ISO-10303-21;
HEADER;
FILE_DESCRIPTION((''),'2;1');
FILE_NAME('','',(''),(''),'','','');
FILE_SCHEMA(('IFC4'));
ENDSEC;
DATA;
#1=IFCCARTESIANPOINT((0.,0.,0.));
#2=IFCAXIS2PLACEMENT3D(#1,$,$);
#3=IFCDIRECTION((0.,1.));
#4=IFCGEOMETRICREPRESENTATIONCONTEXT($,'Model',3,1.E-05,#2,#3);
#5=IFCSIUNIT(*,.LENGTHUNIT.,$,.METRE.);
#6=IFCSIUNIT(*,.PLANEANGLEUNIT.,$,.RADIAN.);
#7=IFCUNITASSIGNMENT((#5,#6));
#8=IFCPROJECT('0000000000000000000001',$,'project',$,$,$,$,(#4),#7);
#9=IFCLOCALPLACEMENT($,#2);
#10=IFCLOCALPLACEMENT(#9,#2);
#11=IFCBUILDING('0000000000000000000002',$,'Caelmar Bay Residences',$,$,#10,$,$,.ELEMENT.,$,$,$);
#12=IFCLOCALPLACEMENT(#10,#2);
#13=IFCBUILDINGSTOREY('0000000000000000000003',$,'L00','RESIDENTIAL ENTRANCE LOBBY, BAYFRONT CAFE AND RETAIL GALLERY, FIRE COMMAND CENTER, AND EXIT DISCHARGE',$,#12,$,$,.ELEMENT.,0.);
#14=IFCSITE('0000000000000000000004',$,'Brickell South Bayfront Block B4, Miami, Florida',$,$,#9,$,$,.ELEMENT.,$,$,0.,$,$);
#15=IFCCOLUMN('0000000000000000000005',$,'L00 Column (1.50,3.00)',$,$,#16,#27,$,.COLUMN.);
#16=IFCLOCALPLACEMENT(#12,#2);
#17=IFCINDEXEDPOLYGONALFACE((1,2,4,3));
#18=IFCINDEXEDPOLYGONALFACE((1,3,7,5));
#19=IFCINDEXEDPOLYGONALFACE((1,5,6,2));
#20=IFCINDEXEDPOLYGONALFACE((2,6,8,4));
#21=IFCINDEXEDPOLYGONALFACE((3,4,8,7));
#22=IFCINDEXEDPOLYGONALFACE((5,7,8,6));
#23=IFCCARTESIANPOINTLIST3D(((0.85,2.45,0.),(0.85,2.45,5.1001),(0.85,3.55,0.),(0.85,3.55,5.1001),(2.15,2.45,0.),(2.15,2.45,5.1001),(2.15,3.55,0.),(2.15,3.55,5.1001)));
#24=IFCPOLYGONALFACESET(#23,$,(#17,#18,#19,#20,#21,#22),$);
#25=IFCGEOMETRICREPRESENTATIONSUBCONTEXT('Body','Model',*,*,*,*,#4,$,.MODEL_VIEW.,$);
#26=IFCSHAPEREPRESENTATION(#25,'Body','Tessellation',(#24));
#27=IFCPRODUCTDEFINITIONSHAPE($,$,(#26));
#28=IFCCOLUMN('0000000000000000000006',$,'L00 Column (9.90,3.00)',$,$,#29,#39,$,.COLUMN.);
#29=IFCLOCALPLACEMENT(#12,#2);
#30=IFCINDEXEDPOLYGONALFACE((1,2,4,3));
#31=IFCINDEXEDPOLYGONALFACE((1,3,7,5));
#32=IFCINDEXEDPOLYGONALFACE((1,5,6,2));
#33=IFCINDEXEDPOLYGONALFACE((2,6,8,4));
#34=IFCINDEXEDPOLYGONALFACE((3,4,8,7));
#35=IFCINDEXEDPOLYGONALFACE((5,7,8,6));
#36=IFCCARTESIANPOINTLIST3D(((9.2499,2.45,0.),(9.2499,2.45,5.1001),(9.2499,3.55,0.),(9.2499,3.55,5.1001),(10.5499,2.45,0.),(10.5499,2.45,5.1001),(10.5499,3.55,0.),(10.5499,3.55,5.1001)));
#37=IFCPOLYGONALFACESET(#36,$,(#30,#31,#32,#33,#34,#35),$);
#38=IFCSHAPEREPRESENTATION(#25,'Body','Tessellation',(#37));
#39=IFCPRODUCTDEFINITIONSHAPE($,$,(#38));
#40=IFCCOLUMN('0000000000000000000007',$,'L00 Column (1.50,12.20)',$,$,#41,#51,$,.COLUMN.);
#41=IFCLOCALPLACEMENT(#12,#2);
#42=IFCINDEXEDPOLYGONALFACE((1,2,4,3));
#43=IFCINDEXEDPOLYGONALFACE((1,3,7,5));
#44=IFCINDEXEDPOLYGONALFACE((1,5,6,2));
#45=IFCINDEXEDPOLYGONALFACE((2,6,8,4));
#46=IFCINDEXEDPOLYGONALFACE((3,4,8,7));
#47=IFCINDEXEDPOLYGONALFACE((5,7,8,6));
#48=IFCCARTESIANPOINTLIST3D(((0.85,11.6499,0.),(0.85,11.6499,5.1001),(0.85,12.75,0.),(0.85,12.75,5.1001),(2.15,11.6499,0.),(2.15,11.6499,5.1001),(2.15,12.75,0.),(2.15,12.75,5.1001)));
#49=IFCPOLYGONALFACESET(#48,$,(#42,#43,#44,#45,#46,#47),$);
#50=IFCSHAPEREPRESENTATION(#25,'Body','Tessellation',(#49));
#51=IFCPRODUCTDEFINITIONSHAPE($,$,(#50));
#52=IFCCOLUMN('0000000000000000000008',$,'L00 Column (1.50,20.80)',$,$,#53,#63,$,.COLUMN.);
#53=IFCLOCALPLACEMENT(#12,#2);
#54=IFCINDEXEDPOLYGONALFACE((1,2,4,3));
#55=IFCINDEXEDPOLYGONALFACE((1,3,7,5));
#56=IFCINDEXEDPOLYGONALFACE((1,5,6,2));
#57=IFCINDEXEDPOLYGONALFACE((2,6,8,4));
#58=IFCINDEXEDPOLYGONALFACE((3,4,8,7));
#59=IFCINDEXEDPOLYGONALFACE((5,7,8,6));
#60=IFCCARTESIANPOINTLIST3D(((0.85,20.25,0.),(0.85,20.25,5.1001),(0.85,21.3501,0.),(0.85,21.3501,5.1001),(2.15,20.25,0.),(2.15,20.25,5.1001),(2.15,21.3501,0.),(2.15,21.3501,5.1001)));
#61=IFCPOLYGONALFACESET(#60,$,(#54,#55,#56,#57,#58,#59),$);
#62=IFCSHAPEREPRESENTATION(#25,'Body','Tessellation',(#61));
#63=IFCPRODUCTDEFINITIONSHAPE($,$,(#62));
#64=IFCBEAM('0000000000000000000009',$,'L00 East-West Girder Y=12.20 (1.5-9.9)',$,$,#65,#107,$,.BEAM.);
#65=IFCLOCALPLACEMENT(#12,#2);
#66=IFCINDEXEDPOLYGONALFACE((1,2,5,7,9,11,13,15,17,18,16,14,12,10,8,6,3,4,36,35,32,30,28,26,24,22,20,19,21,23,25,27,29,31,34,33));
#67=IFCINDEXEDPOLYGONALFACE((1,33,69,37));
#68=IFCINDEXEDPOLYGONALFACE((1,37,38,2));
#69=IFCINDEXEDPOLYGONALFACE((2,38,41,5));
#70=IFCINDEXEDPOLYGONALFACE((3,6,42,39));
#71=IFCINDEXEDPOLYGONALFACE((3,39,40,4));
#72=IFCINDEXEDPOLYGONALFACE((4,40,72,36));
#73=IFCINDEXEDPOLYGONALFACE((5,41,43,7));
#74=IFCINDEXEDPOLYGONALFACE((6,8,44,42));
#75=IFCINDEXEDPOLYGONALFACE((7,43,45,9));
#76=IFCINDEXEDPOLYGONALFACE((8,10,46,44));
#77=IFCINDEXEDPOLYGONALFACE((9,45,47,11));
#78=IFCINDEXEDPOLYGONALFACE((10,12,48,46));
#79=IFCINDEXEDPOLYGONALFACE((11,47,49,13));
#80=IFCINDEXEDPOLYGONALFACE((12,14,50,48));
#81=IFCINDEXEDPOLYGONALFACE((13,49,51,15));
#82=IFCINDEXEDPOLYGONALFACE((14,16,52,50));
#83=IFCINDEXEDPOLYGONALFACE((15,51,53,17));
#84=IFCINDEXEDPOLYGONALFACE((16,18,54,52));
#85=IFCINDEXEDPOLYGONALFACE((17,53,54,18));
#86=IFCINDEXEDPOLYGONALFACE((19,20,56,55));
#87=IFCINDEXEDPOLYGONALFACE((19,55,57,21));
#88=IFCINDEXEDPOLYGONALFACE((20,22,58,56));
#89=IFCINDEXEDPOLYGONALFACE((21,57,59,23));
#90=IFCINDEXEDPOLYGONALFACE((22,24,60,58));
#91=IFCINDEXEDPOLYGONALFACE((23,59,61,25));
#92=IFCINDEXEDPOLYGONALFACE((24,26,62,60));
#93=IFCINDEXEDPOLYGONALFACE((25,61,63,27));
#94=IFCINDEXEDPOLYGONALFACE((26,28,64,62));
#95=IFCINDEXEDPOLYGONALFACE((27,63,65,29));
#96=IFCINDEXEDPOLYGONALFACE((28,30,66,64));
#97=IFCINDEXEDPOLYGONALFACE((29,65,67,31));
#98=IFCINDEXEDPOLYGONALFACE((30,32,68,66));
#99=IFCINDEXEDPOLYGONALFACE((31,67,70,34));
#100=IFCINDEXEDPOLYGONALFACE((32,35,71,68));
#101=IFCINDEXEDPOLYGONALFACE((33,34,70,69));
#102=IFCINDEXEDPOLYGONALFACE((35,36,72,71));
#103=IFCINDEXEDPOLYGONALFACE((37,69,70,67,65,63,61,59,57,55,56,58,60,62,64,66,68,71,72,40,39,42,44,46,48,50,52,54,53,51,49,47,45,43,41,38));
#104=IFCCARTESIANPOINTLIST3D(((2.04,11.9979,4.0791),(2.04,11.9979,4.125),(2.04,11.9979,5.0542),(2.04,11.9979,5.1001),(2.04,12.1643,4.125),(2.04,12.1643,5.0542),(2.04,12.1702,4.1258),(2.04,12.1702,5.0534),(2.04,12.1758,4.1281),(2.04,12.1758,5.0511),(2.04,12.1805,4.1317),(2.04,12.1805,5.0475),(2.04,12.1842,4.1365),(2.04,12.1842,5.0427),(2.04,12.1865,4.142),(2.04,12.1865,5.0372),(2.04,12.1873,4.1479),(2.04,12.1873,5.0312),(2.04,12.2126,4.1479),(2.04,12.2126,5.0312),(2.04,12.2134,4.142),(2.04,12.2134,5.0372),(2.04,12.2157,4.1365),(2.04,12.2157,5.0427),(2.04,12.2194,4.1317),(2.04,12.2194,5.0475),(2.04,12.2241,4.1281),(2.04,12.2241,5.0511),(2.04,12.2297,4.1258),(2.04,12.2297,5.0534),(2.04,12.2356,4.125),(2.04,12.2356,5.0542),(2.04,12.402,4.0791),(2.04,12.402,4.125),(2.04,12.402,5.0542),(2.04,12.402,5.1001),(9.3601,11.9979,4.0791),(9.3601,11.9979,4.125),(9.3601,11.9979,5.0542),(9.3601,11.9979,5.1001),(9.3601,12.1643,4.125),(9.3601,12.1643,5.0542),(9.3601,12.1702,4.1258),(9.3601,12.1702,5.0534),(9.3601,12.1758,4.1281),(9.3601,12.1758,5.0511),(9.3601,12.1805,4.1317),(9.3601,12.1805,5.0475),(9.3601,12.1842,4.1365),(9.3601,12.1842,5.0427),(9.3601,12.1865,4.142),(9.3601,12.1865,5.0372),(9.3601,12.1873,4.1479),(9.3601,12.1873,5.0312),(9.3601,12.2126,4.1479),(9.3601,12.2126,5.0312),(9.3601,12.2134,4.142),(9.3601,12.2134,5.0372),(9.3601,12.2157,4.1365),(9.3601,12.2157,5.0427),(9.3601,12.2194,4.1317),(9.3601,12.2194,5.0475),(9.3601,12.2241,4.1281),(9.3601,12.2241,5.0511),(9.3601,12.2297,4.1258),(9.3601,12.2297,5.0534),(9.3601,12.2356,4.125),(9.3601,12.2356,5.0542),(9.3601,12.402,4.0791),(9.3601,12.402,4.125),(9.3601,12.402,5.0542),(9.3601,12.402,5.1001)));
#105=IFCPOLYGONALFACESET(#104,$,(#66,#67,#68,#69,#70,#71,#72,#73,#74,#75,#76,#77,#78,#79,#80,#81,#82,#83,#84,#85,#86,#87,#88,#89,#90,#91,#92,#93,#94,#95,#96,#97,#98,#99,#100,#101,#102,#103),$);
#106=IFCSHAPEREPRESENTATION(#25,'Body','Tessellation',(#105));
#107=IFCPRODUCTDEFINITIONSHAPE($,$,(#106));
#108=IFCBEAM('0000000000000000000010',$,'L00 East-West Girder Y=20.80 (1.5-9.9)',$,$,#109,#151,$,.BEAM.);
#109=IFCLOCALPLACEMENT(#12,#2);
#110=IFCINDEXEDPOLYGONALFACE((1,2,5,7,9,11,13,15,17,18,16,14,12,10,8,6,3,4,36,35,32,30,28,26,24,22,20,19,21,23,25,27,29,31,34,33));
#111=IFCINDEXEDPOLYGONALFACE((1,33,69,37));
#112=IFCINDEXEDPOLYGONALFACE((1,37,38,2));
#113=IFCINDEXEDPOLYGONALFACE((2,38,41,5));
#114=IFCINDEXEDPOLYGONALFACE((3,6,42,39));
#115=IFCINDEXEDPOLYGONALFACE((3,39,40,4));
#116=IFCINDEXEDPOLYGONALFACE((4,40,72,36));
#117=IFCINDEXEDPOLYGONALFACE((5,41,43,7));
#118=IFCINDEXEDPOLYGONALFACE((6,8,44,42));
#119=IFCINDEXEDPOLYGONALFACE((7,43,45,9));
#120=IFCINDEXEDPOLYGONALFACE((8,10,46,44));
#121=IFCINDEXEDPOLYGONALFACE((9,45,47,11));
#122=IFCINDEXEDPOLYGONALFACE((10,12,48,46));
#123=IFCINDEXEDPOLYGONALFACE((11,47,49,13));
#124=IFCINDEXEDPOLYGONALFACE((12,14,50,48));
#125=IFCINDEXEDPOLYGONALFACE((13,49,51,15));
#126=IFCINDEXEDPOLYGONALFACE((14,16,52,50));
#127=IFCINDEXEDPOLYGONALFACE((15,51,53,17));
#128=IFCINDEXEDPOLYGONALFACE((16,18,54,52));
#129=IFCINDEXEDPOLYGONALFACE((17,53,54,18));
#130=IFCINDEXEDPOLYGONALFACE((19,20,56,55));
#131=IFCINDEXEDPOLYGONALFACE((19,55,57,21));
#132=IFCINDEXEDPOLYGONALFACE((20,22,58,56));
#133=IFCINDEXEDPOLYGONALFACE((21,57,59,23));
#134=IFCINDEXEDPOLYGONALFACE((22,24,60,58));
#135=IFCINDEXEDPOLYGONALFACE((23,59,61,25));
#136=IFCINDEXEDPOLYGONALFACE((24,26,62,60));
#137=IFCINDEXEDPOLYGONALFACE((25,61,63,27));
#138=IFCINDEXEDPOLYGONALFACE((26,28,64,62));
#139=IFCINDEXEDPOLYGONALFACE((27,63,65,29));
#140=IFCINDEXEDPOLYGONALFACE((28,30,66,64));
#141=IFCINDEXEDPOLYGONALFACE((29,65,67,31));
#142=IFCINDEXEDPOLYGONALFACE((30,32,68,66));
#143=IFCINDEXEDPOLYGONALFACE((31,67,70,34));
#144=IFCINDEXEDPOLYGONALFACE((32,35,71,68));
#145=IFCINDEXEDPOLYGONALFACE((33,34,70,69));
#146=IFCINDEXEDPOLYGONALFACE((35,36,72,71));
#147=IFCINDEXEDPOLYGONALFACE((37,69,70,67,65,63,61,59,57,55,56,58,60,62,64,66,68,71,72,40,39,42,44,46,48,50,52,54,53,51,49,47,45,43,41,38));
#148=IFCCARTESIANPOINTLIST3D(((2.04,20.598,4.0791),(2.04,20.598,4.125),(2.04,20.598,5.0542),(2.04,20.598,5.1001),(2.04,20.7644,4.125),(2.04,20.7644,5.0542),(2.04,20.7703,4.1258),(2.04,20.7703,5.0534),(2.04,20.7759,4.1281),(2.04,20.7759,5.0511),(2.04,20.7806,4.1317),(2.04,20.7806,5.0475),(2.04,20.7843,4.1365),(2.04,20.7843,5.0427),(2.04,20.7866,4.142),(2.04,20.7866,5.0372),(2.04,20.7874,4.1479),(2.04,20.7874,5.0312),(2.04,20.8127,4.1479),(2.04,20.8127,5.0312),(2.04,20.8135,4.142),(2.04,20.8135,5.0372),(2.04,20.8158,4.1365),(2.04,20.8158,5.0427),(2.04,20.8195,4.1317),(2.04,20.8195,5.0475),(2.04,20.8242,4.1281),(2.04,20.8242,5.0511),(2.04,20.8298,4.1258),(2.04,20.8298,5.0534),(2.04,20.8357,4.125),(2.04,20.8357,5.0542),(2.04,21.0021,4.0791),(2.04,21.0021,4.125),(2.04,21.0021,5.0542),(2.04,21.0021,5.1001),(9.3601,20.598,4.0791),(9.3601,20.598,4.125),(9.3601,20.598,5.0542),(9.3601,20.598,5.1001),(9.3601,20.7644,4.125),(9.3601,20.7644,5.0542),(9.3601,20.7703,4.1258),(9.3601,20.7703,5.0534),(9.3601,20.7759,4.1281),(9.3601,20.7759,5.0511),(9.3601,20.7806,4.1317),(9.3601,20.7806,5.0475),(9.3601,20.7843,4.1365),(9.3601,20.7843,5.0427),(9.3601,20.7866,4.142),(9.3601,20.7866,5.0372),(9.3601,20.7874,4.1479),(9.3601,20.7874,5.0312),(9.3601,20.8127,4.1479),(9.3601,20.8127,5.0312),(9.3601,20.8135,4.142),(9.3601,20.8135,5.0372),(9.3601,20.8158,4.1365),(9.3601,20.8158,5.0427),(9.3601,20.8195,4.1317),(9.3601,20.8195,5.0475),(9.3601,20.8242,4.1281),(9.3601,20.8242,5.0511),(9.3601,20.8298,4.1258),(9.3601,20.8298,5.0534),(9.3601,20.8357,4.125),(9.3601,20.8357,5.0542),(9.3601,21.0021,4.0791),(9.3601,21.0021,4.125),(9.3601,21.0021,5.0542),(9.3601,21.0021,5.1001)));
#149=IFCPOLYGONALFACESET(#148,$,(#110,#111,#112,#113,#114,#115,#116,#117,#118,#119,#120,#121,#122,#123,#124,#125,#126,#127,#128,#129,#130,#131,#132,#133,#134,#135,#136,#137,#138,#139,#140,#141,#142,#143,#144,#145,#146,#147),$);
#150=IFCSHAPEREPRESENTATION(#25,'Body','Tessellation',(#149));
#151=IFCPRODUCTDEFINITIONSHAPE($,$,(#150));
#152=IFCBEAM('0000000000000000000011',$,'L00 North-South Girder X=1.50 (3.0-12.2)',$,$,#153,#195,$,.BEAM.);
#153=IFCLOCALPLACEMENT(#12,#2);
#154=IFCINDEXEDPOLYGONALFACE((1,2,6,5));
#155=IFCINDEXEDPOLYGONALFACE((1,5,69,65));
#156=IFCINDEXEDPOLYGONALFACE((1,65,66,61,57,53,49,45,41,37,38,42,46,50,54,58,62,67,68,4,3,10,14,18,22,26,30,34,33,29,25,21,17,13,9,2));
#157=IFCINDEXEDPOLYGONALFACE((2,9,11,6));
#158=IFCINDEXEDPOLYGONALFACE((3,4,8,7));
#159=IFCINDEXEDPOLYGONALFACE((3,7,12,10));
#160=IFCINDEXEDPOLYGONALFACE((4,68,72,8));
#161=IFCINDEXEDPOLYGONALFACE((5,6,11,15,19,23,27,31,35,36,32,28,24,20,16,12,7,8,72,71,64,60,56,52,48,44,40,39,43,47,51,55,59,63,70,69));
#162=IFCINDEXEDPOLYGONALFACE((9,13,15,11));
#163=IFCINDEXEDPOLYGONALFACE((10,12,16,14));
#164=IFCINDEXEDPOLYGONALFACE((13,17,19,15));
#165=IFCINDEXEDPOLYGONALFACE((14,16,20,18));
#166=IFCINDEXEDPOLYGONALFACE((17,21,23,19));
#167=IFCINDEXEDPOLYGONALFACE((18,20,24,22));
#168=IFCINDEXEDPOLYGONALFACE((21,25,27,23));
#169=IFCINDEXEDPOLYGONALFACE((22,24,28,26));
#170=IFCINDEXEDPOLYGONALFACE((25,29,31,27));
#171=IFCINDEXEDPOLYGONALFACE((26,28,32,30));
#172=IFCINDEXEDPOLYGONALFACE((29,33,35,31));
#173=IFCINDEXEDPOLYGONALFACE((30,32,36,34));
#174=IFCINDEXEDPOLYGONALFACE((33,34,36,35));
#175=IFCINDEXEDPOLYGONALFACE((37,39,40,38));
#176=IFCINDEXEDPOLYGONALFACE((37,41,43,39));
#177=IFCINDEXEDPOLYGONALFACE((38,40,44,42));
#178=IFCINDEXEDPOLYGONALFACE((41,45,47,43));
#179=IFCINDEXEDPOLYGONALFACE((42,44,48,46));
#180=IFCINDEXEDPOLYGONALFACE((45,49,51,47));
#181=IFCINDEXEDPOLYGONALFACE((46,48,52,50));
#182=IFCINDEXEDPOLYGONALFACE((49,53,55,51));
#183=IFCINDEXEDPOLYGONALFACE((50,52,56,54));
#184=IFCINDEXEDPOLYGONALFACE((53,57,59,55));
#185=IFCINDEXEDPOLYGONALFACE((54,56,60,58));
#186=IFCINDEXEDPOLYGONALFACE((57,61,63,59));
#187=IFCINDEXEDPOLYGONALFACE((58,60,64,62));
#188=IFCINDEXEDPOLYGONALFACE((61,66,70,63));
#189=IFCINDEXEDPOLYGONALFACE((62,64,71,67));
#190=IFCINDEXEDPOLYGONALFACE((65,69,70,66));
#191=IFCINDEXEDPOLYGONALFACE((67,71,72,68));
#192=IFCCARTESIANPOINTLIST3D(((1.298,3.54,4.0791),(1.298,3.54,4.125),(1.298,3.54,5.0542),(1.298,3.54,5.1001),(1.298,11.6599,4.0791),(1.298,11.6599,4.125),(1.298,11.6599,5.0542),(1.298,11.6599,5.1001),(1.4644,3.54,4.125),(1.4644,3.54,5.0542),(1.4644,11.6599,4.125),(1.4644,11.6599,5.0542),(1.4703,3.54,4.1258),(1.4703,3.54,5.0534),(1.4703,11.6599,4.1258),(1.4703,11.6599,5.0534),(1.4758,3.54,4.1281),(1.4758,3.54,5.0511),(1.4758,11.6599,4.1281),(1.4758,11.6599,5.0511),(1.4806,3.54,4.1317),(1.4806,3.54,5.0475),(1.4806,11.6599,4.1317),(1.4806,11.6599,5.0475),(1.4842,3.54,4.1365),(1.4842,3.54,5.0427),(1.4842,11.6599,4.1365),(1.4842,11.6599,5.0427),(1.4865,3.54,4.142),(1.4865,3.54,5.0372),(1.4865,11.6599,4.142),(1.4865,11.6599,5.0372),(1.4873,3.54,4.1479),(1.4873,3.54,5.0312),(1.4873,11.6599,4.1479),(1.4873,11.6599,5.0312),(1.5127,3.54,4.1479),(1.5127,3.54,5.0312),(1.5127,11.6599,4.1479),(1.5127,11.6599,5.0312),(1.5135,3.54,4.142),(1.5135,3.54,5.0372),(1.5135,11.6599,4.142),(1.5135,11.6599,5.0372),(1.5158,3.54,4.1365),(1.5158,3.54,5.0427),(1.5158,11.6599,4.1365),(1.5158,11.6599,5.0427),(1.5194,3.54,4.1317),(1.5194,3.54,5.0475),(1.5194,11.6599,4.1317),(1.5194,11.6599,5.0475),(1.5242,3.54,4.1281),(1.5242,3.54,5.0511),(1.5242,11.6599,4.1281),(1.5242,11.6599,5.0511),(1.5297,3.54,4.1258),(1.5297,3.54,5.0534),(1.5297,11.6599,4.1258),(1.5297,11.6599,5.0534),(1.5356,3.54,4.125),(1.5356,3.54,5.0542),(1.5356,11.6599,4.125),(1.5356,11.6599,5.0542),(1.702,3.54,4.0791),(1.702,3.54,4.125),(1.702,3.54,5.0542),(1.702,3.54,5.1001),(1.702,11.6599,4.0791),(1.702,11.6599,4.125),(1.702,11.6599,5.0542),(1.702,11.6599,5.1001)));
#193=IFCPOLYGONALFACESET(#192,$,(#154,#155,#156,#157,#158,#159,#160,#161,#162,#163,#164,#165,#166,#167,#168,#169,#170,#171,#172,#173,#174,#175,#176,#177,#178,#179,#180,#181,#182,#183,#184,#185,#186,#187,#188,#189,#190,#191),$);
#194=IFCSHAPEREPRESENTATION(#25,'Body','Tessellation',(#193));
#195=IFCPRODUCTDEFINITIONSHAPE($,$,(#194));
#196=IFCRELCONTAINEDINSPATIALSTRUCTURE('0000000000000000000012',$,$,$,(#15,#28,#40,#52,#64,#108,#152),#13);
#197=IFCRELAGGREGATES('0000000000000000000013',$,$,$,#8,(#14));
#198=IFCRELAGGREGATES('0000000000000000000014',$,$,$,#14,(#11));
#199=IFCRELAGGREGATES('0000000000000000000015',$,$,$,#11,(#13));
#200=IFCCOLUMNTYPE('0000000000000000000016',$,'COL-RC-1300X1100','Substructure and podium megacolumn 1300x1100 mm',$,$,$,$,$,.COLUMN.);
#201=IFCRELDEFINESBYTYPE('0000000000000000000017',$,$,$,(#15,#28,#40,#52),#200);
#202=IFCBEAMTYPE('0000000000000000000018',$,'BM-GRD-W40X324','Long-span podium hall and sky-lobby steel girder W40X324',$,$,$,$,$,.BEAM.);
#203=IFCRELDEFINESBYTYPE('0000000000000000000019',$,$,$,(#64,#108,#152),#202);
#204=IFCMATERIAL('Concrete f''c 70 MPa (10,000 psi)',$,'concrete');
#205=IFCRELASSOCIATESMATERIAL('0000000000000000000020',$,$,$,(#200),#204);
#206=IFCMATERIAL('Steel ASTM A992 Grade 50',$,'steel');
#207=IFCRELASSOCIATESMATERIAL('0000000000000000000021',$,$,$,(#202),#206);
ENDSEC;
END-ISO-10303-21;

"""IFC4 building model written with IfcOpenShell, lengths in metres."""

from ifc_helpers import new_model, si_unit, direction, frame, origin, origin_2d, place, context, subcontext, project, spatial, rectangle, i_section, extrude, material, material_profile, profile_set, type_object, element, save


model = new_model("IFC4")

# Units and contexts
model_context = context("Model", 3, precision=1e-05, world=origin(), true_north=direction((0.0, 1.0)))
body_context = subcontext(model_context, "Body", "Model", "MODEL_VIEW")
ifc_project = project(units=[si_unit("LENGTHUNIT", "METRE"), si_unit("PLANEANGLEUNIT", "RADIAN")], contexts=[model_context])

# Site, building, storey
site_placement = place(None, origin())
site = spatial("IfcSite", under=ifc_project, at=site_placement, Name="Brickell South Bayfront Block B4, Miami, Florida", CompositionType="ELEMENT", RefElevation=0.0)
building_placement = place(site_placement, origin())
building = spatial("IfcBuilding", under=site, at=building_placement, Name="Caelmar Bay Residences", CompositionType="ELEMENT")
storey_placement = place(building_placement, origin())
storey = spatial("IfcBuildingStorey", under=building, at=storey_placement, Name="L00", Description="RESIDENTIAL ENTRANCE LOBBY, BAYFRONT CAFE AND RETAIL GALLERY, FIRE COMMAND CENTER, AND EXIT DISCHARGE", CompositionType="ELEMENT", Elevation=0.0)

# Columns
ifc_material_1 = material(Name="Concrete f'c 70 MPa (10,000 psi)", Category="concrete")
ifc_material_profile_1 = material_profile(ifc_material_1, rectangle(XDim=1.3, YDim=1.1001, at=origin_2d()), Name="RC-COL-1300X1100")
ifc_profile_set_1 = profile_set([ifc_material_profile_1], Name="Concrete f'c 70 MPa (10,000 psi)")
column_type = type_object("IfcColumnType", Name="COL-RC-1300X1100", Description="Substructure and podium megacolumn 1300x1100 mm", PredefinedType="COLUMN", material=ifc_profile_set_1)
for number, where, z_axis, x_axis, name in (
    (1, (1.5, 3.0, 0.0), (0.0, 0.0, 1.0), (1.0, 0.0, 0.0), "L00 Column (1.50,3.00)"),
    (2, (9.8999, 3.0, 0.0), (0.0, 0.0, 1.0), (1.0, 0.0, 0.0), "L00 Column (9.90,3.00)"),
    (3, (1.5, 12.2, 0.0), (0.0, 0.0, 1.0), (1.0, 0.0, 0.0), "L00 Column (1.50,12.20)"),
    (4, (1.5, 20.8, 0.0), (0.0, 0.0, 1.0), (1.0, 0.0, 0.0), "L00 Column (1.50,20.80)"),
):
    element("IfcColumn", number, at=place(storey_placement, frame(where, z_axis=z_axis, x_axis=x_axis)), inside=storey, type_object=column_type, Name=name, PredefinedType="COLUMN", context=body_context, shape_type="SweptSolid", body=[
        extrude(rectangle(XDim=1.3, YDim=1.1001, at=origin_2d()), origin(), (0.0, 0.0, 1.0), 5.1001),
    ])

# Beams
ifc_material_2 = material(Name="Steel ASTM A992 Grade 50", Category="steel")
ifc_material_profile_2 = material_profile(ifc_material_2, i_section(OverallWidth=0.4041, OverallDepth=1.021, WebThickness=0.0254, FlangeThickness=0.0459, FilletRadius=0.0229, at=origin_2d()), Name="W40X324")
ifc_profile_set_2 = profile_set([ifc_material_profile_2], Name="Steel ASTM A992 Grade 50")
beam_type_1 = type_object("IfcBeamType", Name="BM-GRD-W40X324", Description="Long-span podium hall and sky-lobby steel girder W40X324", PredefinedType="BEAM", material=ifc_profile_set_2)
for number, where, z_axis, x_axis, name in (
    (5, (2.04, 12.2, 4.5896), (1.0, 0.0, 0.0), (0.0, 1.0, 0.0), "L00 East-West Girder Y=12.20 (1.5-9.9)"),
    (6, (2.04, 20.8, 4.5896), (1.0, 0.0, 0.0), (0.0, 1.0, 0.0), "L00 East-West Girder Y=20.80 (1.5-9.9)"),
):
    element("IfcBeam", number, at=place(storey_placement, frame(where, z_axis=z_axis, x_axis=x_axis)), inside=storey, type_object=beam_type_1, Name=name, PredefinedType="BEAM", context=body_context, shape_type="SweptSolid", body=[
        extrude(i_section(OverallWidth=0.4041, OverallDepth=1.021, WebThickness=0.0254, FlangeThickness=0.0459, FilletRadius=0.0229, at=origin_2d()), origin(), (0.0, 0.0, 1.0), 7.3201),
    ])
beam_1_placement = place(storey_placement, frame((1.5, 3.54, 4.5896), z_axis=(0.0, 1.0, 0.0), x_axis=(-1.0, 0.0, 0.0)))
element("IfcBeam", 7, at=beam_1_placement, inside=storey, type_object=beam_type_1, Name="L00 North-South Girder X=1.50 (3.0-12.2)", PredefinedType="BEAM", context=body_context, shape_type="SweptSolid", body=[
    extrude(i_section(OverallWidth=0.4041, OverallDepth=1.021, WebThickness=0.0254, FlangeThickness=0.0459, FilletRadius=0.0229, at=origin_2d()), origin(), (0.0, 0.0, 1.0), 8.1199),
])

save(model, "model.ifc")
